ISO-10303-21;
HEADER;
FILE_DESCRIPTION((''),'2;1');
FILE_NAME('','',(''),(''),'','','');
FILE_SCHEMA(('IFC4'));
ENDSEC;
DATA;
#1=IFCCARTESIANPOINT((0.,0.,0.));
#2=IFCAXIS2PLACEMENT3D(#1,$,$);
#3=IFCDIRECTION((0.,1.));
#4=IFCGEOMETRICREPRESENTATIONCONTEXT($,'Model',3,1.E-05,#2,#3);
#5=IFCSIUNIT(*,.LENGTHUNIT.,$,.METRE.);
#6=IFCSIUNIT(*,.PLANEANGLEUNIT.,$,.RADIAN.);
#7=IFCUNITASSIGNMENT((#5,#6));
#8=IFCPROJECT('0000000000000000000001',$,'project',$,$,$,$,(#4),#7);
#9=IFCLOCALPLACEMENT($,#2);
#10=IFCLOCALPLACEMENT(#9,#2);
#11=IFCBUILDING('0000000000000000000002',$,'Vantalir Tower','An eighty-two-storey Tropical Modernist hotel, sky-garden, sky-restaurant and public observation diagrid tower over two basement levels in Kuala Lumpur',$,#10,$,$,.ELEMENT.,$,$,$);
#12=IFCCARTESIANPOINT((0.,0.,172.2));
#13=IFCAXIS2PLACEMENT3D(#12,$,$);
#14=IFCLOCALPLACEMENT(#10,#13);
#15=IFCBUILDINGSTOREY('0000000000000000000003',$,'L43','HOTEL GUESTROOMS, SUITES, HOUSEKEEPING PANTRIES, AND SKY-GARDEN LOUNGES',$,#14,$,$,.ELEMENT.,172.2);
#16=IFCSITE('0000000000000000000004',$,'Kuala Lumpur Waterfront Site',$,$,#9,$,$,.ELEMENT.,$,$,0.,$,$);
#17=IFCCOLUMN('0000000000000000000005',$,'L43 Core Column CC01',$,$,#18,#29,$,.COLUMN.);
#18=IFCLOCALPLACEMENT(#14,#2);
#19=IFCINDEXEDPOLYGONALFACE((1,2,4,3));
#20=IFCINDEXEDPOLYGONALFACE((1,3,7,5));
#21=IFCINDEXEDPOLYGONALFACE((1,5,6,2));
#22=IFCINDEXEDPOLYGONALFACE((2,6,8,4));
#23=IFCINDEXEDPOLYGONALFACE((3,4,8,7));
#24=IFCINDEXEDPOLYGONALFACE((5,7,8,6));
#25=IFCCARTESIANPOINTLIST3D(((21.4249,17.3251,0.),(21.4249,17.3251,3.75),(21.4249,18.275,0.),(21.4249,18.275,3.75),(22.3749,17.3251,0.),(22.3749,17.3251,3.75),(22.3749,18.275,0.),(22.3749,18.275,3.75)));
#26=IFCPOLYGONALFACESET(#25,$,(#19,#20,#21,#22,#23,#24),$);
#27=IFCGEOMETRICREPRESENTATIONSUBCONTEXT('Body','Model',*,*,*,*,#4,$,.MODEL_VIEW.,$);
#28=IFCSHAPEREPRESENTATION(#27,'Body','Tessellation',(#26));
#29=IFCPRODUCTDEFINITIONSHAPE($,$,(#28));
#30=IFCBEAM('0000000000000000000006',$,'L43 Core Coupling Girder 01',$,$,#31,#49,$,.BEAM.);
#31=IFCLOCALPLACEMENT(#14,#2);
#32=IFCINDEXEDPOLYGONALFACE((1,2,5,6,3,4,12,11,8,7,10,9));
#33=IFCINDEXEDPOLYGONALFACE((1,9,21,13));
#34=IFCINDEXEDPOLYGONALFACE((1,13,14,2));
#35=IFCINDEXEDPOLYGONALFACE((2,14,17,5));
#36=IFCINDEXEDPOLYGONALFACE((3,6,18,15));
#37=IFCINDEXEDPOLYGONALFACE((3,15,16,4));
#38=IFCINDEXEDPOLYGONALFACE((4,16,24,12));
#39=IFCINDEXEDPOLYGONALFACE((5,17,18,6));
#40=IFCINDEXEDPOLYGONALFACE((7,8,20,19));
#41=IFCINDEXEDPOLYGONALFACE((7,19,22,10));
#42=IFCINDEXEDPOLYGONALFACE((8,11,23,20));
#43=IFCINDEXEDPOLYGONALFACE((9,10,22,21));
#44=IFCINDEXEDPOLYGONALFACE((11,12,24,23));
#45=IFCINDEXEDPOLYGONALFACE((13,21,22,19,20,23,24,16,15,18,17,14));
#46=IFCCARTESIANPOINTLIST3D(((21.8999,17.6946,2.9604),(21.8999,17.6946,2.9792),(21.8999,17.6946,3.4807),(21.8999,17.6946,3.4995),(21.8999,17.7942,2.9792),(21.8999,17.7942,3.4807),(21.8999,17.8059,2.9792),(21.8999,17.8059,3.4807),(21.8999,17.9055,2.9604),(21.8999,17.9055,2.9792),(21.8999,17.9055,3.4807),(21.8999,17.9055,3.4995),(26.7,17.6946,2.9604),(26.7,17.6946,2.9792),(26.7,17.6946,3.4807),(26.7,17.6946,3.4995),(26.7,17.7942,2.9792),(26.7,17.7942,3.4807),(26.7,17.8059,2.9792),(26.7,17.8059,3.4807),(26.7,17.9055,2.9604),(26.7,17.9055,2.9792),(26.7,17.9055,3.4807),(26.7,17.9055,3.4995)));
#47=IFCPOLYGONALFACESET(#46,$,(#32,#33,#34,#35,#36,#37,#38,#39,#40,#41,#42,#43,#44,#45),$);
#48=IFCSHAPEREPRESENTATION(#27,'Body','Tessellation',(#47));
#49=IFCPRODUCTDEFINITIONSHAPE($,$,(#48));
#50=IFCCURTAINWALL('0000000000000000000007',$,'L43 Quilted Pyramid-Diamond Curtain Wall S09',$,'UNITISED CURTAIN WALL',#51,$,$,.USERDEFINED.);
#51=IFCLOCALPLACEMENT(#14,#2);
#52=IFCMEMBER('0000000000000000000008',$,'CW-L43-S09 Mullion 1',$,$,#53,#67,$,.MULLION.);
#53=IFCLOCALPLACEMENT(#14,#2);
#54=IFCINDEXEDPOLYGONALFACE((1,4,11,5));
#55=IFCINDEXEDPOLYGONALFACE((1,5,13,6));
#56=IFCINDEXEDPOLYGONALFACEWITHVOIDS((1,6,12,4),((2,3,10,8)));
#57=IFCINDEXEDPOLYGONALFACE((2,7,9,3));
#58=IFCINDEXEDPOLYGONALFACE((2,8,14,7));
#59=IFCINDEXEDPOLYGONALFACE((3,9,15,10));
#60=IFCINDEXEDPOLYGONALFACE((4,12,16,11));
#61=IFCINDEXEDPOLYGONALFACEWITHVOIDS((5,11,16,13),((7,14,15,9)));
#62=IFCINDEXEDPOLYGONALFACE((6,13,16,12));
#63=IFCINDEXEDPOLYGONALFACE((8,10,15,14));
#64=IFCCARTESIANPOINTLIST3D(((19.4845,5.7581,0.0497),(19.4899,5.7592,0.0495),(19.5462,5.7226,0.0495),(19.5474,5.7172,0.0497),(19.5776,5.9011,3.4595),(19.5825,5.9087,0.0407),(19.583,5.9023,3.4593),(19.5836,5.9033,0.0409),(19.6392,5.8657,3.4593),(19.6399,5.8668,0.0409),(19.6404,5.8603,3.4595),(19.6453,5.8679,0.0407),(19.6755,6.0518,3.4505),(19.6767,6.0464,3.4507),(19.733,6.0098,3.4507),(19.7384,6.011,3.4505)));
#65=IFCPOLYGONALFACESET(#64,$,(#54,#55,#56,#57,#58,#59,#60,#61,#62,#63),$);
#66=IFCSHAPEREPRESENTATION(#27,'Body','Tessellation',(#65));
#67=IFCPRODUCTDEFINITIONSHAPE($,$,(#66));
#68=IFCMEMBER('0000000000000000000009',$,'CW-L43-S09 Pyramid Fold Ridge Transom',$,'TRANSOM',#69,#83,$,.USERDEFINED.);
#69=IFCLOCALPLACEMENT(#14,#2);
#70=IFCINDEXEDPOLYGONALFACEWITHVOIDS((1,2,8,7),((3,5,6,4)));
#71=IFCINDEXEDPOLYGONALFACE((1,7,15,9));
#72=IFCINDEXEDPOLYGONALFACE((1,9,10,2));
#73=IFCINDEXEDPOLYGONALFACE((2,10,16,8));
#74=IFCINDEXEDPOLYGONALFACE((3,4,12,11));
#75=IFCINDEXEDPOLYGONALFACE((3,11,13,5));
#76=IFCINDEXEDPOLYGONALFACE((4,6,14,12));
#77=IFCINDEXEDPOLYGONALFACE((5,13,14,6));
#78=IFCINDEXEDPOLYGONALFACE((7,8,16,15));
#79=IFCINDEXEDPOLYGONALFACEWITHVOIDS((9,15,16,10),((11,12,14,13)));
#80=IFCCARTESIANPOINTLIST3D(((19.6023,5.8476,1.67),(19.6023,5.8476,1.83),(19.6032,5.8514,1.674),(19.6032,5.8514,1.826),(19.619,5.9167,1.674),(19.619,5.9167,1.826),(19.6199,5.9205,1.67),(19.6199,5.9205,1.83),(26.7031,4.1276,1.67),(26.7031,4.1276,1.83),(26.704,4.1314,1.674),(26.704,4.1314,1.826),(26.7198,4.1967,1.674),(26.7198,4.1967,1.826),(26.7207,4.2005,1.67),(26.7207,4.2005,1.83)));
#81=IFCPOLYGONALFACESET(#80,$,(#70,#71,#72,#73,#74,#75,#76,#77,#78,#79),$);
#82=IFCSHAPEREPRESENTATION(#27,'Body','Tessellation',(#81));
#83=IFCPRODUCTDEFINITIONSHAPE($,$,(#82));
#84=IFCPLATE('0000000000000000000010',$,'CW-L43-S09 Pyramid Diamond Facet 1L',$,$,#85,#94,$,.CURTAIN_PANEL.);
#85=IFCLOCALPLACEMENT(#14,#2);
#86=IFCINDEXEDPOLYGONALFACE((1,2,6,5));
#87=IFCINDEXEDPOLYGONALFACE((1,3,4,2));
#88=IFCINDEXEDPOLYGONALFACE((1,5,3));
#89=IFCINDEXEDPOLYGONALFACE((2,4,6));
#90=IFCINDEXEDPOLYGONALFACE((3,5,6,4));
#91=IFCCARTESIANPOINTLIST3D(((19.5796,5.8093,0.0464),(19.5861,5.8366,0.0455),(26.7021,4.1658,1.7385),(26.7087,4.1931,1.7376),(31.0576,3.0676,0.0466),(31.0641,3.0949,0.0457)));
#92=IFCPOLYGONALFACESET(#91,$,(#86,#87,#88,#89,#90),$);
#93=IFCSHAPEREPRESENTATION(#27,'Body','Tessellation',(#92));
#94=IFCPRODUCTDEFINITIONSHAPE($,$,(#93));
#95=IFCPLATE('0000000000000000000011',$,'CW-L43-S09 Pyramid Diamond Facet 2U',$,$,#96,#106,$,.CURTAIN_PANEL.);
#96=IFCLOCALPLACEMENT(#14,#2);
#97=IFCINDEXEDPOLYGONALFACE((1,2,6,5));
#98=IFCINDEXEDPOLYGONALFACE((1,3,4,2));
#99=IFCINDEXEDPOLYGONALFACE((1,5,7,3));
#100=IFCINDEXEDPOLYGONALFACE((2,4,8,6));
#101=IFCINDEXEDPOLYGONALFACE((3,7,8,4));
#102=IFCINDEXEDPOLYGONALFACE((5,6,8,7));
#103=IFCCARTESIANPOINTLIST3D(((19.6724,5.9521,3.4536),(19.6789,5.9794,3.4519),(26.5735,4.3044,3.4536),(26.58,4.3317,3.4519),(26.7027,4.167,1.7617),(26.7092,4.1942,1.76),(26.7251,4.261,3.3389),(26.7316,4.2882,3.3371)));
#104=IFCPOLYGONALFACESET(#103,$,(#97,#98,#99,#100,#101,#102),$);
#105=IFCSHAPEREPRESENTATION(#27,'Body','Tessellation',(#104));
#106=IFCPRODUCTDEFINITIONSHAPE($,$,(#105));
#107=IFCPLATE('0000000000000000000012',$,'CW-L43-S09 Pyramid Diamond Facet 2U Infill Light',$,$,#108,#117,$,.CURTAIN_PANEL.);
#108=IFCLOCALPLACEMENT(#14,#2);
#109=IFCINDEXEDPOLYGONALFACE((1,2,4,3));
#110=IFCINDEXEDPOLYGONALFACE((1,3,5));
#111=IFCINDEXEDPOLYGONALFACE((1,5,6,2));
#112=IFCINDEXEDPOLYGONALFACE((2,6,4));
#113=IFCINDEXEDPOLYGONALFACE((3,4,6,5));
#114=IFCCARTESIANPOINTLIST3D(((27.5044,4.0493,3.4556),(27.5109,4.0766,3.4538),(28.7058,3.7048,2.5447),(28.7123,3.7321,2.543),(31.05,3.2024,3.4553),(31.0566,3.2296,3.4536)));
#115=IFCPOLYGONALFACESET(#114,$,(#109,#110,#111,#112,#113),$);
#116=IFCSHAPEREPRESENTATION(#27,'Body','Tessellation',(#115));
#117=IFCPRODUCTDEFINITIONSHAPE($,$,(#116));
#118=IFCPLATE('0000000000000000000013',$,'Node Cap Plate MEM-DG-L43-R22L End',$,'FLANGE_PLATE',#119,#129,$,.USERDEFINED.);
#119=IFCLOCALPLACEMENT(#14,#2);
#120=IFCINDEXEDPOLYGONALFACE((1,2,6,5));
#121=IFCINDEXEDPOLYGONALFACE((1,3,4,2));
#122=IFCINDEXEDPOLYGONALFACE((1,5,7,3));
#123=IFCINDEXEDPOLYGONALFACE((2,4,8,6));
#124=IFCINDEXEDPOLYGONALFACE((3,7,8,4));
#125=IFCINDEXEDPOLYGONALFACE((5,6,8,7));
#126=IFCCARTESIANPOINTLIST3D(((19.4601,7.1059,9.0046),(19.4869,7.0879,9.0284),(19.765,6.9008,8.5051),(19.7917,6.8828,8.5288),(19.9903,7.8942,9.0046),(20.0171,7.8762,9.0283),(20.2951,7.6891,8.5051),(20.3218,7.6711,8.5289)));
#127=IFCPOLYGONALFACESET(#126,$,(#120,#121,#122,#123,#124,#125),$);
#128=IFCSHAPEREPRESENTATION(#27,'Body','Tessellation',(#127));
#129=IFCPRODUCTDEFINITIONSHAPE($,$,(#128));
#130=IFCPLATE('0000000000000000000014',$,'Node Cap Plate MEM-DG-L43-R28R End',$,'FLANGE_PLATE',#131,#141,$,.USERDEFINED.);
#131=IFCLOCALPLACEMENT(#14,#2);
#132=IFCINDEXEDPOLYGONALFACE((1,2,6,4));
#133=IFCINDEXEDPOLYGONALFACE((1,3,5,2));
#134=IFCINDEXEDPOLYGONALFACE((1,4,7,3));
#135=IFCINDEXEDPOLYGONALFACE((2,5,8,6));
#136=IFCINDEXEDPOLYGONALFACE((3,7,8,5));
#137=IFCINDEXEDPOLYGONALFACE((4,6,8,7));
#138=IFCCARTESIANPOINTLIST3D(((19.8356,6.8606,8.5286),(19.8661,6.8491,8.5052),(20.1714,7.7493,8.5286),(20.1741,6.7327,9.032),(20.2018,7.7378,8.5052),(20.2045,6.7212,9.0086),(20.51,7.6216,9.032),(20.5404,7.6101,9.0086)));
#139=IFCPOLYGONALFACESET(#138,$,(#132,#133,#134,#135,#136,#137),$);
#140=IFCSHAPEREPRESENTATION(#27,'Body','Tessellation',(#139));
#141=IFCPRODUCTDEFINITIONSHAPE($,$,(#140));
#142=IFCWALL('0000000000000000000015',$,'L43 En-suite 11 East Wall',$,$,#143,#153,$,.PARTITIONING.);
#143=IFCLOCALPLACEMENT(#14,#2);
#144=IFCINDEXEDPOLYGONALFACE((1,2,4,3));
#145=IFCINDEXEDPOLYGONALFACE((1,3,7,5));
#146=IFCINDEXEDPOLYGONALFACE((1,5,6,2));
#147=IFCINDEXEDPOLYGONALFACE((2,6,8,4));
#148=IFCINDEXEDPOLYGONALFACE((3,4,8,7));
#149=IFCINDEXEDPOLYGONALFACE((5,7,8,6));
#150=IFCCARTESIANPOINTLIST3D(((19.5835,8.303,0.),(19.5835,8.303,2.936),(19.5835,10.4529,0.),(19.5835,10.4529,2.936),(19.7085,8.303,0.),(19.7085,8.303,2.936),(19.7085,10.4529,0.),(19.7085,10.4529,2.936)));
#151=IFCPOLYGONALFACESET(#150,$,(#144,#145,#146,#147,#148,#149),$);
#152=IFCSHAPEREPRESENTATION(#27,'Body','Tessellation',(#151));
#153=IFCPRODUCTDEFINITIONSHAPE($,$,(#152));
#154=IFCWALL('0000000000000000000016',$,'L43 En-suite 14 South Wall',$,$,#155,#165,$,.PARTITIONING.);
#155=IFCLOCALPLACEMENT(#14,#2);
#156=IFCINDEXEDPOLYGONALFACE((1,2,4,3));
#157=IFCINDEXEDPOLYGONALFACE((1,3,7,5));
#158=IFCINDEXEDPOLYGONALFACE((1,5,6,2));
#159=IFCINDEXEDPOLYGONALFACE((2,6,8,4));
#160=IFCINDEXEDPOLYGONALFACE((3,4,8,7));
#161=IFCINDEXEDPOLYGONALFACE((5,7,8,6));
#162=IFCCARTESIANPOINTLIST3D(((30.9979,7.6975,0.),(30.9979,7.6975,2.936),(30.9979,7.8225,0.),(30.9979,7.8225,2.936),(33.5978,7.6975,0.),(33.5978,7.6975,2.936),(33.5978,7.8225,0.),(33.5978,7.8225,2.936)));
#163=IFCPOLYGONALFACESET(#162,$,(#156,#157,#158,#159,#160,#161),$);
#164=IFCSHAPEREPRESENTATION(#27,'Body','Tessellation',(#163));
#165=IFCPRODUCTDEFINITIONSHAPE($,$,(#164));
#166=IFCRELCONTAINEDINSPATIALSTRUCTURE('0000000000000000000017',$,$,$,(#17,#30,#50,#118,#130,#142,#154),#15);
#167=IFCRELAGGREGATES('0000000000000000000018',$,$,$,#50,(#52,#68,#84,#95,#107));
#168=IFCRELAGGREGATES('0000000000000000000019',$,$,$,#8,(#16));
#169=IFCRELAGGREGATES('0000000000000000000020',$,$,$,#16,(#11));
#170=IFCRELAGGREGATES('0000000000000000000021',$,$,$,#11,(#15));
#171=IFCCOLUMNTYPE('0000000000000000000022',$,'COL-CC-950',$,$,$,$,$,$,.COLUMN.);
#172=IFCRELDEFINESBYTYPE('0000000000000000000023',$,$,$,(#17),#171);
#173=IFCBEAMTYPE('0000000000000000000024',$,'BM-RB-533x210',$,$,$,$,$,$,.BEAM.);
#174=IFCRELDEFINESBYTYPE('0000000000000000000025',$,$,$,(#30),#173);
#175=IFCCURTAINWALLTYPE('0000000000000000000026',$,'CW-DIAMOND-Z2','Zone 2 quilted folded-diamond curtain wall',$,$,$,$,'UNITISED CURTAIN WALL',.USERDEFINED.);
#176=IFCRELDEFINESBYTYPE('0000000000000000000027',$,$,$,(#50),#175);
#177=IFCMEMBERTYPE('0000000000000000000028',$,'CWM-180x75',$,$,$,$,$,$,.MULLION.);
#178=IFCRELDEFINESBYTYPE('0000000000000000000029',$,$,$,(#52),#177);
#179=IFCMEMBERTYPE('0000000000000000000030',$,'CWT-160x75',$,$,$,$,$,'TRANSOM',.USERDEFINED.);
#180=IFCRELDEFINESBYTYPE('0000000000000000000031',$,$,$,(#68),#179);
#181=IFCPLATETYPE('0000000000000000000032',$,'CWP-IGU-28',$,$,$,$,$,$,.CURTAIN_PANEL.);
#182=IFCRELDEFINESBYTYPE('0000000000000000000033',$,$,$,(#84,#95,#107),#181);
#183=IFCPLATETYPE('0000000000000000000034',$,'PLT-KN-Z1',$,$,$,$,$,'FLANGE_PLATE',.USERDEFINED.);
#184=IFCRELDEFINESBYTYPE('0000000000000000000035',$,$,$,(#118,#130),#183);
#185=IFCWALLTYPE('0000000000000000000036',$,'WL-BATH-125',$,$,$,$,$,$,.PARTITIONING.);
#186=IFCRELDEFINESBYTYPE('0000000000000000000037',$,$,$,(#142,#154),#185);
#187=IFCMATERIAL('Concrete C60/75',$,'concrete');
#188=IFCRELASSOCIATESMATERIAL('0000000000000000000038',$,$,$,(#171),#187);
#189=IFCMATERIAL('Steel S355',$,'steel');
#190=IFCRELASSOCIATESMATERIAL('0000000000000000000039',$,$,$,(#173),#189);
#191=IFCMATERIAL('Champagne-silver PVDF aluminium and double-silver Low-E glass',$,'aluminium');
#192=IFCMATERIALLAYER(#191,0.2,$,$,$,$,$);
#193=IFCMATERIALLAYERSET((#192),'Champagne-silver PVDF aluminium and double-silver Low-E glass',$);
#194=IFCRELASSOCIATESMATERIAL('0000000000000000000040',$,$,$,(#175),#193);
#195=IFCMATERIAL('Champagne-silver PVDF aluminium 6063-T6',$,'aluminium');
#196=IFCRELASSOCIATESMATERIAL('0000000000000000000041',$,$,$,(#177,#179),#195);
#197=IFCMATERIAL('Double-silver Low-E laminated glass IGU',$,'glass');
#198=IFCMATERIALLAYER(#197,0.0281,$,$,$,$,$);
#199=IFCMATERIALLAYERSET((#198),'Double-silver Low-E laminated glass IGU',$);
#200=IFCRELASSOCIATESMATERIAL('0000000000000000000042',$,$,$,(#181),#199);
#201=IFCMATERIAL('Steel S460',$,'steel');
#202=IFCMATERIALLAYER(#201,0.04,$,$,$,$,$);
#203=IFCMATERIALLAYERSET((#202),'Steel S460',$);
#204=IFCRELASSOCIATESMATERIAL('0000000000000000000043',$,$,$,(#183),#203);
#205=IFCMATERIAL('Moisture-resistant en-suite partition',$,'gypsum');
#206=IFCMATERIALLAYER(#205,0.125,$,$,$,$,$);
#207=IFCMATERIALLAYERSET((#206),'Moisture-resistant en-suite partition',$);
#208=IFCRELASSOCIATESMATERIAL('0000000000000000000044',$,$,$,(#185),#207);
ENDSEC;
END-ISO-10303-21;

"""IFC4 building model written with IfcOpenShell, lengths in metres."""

from ifc_helpers import new_model, si_unit, direction, frame, frame_2d, origin, origin_2d, place, context, subcontext, project, spatial, polyline, rectangle, hollow_rectangle, i_section, outline, extrude, material, layer, layer_set, material_profile, profile_set, type_object, element, aggregate, save


model = new_model("IFC4")

# Units and contexts
model_context = context("Model", 3, precision=1e-05, world=origin(), true_north=direction((0.0, 1.0)))
body_context = subcontext(model_context, "Body", "Model", "MODEL_VIEW")
ifc_project = project(units=[si_unit("LENGTHUNIT", "METRE"), si_unit("PLANEANGLEUNIT", "RADIAN")], contexts=[model_context])

# Site, building, storey
site_placement = place(None, origin())
site = spatial("IfcSite", under=ifc_project, at=site_placement, Name="Kuala Lumpur Waterfront Site", CompositionType="ELEMENT", RefElevation=0.0)
building_placement = place(site_placement, origin())
building = spatial("IfcBuilding", under=site, at=building_placement, Name="Vantalir Tower", Description="An eighty-two-storey Tropical Modernist hotel, sky-garden, sky-restaurant and public observation diagrid tower over two basement levels in Kuala Lumpur", CompositionType="ELEMENT")
storey_placement = place(building_placement, frame((0.0, 0.0, 172.2)))
storey = spatial("IfcBuildingStorey", under=building, at=storey_placement, Name="L43", Description="HOTEL GUESTROOMS, SUITES, HOUSEKEEPING PANTRIES, AND SKY-GARDEN LOUNGES", CompositionType="ELEMENT", Elevation=172.2)

# Column
ifc_material_1 = material(Name="Concrete C60/75", Category="concrete")
ifc_material_profile_1 = material_profile(ifc_material_1, rectangle(XDim=0.95, YDim=0.95, at=origin_2d()), Name="Concrete C60/75")
ifc_profile_set_1 = profile_set([ifc_material_profile_1], Name="Concrete C60/75")
column_type = type_object("IfcColumnType", Name="COL-CC-950", PredefinedType="COLUMN", material=ifc_profile_set_1)
column_placement = place(storey_placement, frame((21.8999, 17.8, 0.0), z_axis=(0.0, 0.0, 1.0), x_axis=(1.0, 0.0, 0.0)))
element("IfcColumn", 1, at=column_placement, inside=storey, type_object=column_type, Name="L43 Core Column CC01", PredefinedType="COLUMN", context=body_context, shape_type="SweptSolid", body=[
    extrude(rectangle(XDim=0.95, YDim=0.95, at=origin_2d()), origin(), (0.0, 0.0, 1.0), 3.75),
])

# Beam
ifc_material_2 = material(Name="Steel S355", Category="steel")
ifc_material_profile_2 = material_profile(ifc_material_2, i_section(OverallWidth=0.2109, OverallDepth=0.5391, WebThickness=0.0117, FlangeThickness=0.0188, at=origin_2d()), Name="Steel S355")
ifc_profile_set_2 = profile_set([ifc_material_profile_2], Name="Steel S355")
beam_type = type_object("IfcBeamType", Name="BM-RB-533x210", PredefinedType="BEAM", material=ifc_profile_set_2)
beam_placement = place(storey_placement, frame((21.8999, 17.8, 3.23), z_axis=(1.0, 0.0, 0.0), x_axis=(0.0, 1.0, 0.0)))
element("IfcBeam", 2, at=beam_placement, inside=storey, type_object=beam_type, Name="L43 Core Coupling Girder 01", PredefinedType="BEAM", context=body_context, shape_type="SweptSolid", body=[
    extrude(i_section(OverallWidth=0.2109, OverallDepth=0.5391, WebThickness=0.0117, FlangeThickness=0.0188, at=origin_2d()), origin(), (0.0, 0.0, 1.0), 4.8),
])

# Curtain wall, members, plates
ifc_material_3 = material(Name="Champagne-silver PVDF aluminium and double-silver Low-E glass", Category="aluminium")
ifc_layer_1 = layer(ifc_material_3, 0.2)
ifc_layer_set_1 = layer_set([ifc_layer_1], Name="Champagne-silver PVDF aluminium and double-silver Low-E glass")
curtain_wall_type = type_object("IfcCurtainWallType", Name="CW-DIAMOND-Z2", Description="Zone 2 quilted folded-diamond curtain wall", ElementType="UNITISED CURTAIN WALL", PredefinedType="USERDEFINED", material=ifc_layer_set_1)
curtain_wall_placement = place(storey_placement, origin())
curtain_wall = element("IfcCurtainWall", 3, at=curtain_wall_placement, inside=storey, type_object=curtain_wall_type, Name="L43 Quilted Pyramid-Diamond Curtain Wall S09", ObjectType="UNITISED CURTAIN WALL", PredefinedType="USERDEFINED")
ifc_material_4 = material(Name="Champagne-silver PVDF aluminium 6063-T6", Category="aluminium")
ifc_material_profile_3 = material_profile(ifc_material_4, hollow_rectangle(XDim=0.075, YDim=0.1799, WallThickness=0.0039, at=origin_2d()), Name="Champagne-silver PVDF aluminium 6063-T6")
ifc_profile_set_3 = profile_set([ifc_material_profile_3], Name="Champagne-silver PVDF aluminium 6063-T6")
member_type_1 = type_object("IfcMemberType", Name="CWM-180x75", PredefinedType="MULLION", material=ifc_profile_set_3)
member_1_placement = place(storey_placement, frame((19.5649, 5.813, 0.0452), z_axis=(0.027244, 0.041904, 0.99875), x_axis=(-0.838378, 0.545089, 0.0)))
member_1 = element("IfcMember", 4, at=member_1_placement, type_object=member_type_1, Name="CW-L43-S09 Mullion 1", PredefinedType="MULLION", context=body_context, shape_type="SweptSolid", body=[
    extrude(hollow_rectangle(XDim=0.075, YDim=0.1799, WallThickness=0.0039, at=origin_2d()), origin(), (0.0, 0.0, 1.0), 3.4141),
])
ifc_material_profile_4 = material_profile(ifc_material_4, hollow_rectangle(XDim=0.075, YDim=0.1599, WallThickness=0.0039, at=origin_2d()), Name="Champagne-silver PVDF aluminium 6063-T6")
ifc_profile_set_4 = profile_set([ifc_material_profile_4], Name="Champagne-silver PVDF aluminium 6063-T6")
member_type_2 = type_object("IfcMemberType", Name="CWT-160x75", ElementType="TRANSOM", PredefinedType="USERDEFINED", material=ifc_profile_set_4)
member_2_placement = place(storey_placement, frame((19.6111, 5.884, 1.75), z_axis=(0.971895, -0.235414, 0.0), x_axis=(0.235414, 0.971895, 0.0)))
member_2 = element("IfcMember", 5, at=member_2_placement, type_object=member_type_2, Name="CW-L43-S09 Pyramid Fold Ridge Transom", ObjectType="TRANSOM", PredefinedType="USERDEFINED", context=body_context, shape_type="SweptSolid", body=[
    extrude(hollow_rectangle(XDim=0.075, YDim=0.1599, WallThickness=0.0039, at=origin_2d()), origin(), (0.0, 0.0, 1.0), 7.3062),
])
ifc_material_5 = material(Name="Double-silver Low-E laminated glass IGU", Category="glass")
ifc_layer_2 = layer(ifc_material_5, 0.0281)
ifc_layer_set_2 = layer_set([ifc_layer_2], Name="Double-silver Low-E laminated glass IGU")
plate_type_1 = type_object("IfcPlateType", Name="CWP-IGU-28", PredefinedType="CURTAIN_PANEL", material=ifc_layer_set_2)
plate_1_placement = place(storey_placement, frame((19.5796, 5.8093, 0.0464), z_axis=(-0.232202, -0.972101, 0.033194), x_axis=(0.972637, -0.232329, 0.000021)))
plate_1 = element("IfcPlate", 6, at=plate_1_placement, type_object=plate_type_1, Name="CW-L43-S09 Pyramid Diamond Facet 1L", PredefinedType="CURTAIN_PANEL", context=body_context, shape_type="SweptSolid", body=[
    extrude(outline(polyline([(0.0, 0.0), (11.8009, 0.0), (7.3095, 1.6929), (0.0, 0.0)])), origin(), (0.0, 0.0, -1.0), 0.0281),
])
plate_2_placement = place(storey_placement, frame((19.6724, 5.9521, 3.4536), z_axis=(-0.2318, -0.970838, 0.061177), x_axis=(0.97266, -0.232235, -0.000002)))
plate_2 = element("IfcPlate", 7, at=plate_2_placement, type_object=plate_type_1, Name="CW-L43-S09 Pyramid Diamond Facet 2U", PredefinedType="CURTAIN_PANEL", context=body_context, shape_type="SweptSolid", body=[
    extrude(outline(polyline([(0.0, 0.0), (7.0952, 0.0), (7.2527, -0.1149), (7.2527, -1.6951), (0.0, 0.0)])), origin(), (0.0, 0.0, -1.0), 0.0281),
])
plate_3_placement = place(storey_placement, frame((27.5044, 4.0493, 3.4556), z_axis=(-0.231886, -0.97081, 0.061298), x_axis=(0.972638, -0.232327, -0.000067)))
plate_3 = element("IfcPlate", 8, at=plate_3_placement, type_object=plate_type_1, Name="CW-L43-S09 Pyramid Diamond Facet 2U Infill Light", PredefinedType="CURTAIN_PANEL", context=body_context, shape_type="SweptSolid", body=[
    extrude(outline(polyline([(0.0, 0.0), (3.6454, 0.0), (1.2486, -0.9125), (0.0, 0.0)])), origin(), (0.0, 0.0, -1.0), 0.0281),
])
aggregate(curtain_wall, [member_1, member_2, plate_1, plate_2, plate_3])

# Plates
ifc_material_6 = material(Name="Steel S460", Category="steel")
ifc_layer_3 = layer(ifc_material_6, 0.04)
ifc_layer_set_3 = layer_set([ifc_layer_3], Name="Steel S460")
plate_type_2 = type_object("IfcPlateType", Name="PLT-KN-Z1", ElementType="FLANGE_PLATE", PredefinedType="USERDEFINED", material=ifc_layer_set_3)
plate_4_placement = place(storey_placement, frame((19.7917, 6.8828, 8.5288), z_axis=(0.66848, -0.449552, 0.592484), x_axis=(0.558015, 0.829831, 0.000051)))
element("IfcPlate", 9, at=plate_4_placement, inside=storey, type_object=plate_type_2, Name="Node Cap Plate MEM-DG-L43-R22L End", ObjectType="FLANGE_PLATE", PredefinedType="USERDEFINED", context=body_context, shape_type="SweptSolid", body=[
    extrude(outline(polyline([(0.0, 0.0), (0.9499, 0.0), (0.9501, 0.62), (0.0, 0.6201), (0.0, 0.0)])), origin(), (0.0, 0.0, -1.0), 0.04),
])
plate_5_placement = place(storey_placement, frame((20.1714, 7.7493, 8.5286), z_axis=(-0.759608, 0.287005, 0.583629), x_axis=(-0.353422, -0.935464, 0.000035)))
element("IfcPlate", 10, at=plate_5_placement, inside=storey, type_object=plate_type_2, Name="Node Cap Plate MEM-DG-L43-R28R End", ObjectType="FLANGE_PLATE", PredefinedType="USERDEFINED", context=body_context, shape_type="SweptSolid", body=[
    extrude(outline(polyline([(0.0, 0.0), (0.95, 0.0), (0.9501, 0.6199), (-0.0002, 0.62), (0.0, 0.0)])), origin(), (0.0, 0.0, -1.0), 0.04),
])

# Walls
ifc_material_7 = material(Name="Moisture-resistant en-suite partition", Category="gypsum")
ifc_layer_4 = layer(ifc_material_7, 0.125)
ifc_layer_set_4 = layer_set([ifc_layer_4], Name="Moisture-resistant en-suite partition")
wall_type_1 = type_object("IfcWallType", Name="WL-BATH-125", PredefinedType="PARTITIONING", material=ifc_layer_set_4)
wall_1_placement = place(storey_placement, frame((19.646, 8.303, 0.0), z_axis=(0.0, 0.0, 1.0), x_axis=(0.0, 1.0, 0.0)))
element("IfcWall", 11, at=wall_1_placement, inside=storey, type_object=wall_type_1, Name="L43 En-suite 11 East Wall", PredefinedType="PARTITIONING", context=body_context, shape_type="SweptSolid", body=[
    extrude(rectangle(XDim=2.1499, YDim=0.125, at=frame_2d((1.075, 0.0))), origin(), (0.0, 0.0, 1.0), 2.936),
])
wall_2_placement = place(storey_placement, frame((30.998, 7.76, 0.0), z_axis=(0.0, 0.0, 1.0), x_axis=(1.0, 0.0, 0.0)))
element("IfcWall", 12, at=wall_2_placement, inside=storey, type_object=wall_type_1, Name="L43 En-suite 14 South Wall", PredefinedType="PARTITIONING", context=body_context, shape_type="SweptSolid", body=[
    extrude(rectangle(XDim=2.5999, YDim=0.125, at=frame_2d((1.2998, 0.0))), origin(), (0.0, 0.0, 1.0), 2.936),
])

save(model, "model.ifc")
